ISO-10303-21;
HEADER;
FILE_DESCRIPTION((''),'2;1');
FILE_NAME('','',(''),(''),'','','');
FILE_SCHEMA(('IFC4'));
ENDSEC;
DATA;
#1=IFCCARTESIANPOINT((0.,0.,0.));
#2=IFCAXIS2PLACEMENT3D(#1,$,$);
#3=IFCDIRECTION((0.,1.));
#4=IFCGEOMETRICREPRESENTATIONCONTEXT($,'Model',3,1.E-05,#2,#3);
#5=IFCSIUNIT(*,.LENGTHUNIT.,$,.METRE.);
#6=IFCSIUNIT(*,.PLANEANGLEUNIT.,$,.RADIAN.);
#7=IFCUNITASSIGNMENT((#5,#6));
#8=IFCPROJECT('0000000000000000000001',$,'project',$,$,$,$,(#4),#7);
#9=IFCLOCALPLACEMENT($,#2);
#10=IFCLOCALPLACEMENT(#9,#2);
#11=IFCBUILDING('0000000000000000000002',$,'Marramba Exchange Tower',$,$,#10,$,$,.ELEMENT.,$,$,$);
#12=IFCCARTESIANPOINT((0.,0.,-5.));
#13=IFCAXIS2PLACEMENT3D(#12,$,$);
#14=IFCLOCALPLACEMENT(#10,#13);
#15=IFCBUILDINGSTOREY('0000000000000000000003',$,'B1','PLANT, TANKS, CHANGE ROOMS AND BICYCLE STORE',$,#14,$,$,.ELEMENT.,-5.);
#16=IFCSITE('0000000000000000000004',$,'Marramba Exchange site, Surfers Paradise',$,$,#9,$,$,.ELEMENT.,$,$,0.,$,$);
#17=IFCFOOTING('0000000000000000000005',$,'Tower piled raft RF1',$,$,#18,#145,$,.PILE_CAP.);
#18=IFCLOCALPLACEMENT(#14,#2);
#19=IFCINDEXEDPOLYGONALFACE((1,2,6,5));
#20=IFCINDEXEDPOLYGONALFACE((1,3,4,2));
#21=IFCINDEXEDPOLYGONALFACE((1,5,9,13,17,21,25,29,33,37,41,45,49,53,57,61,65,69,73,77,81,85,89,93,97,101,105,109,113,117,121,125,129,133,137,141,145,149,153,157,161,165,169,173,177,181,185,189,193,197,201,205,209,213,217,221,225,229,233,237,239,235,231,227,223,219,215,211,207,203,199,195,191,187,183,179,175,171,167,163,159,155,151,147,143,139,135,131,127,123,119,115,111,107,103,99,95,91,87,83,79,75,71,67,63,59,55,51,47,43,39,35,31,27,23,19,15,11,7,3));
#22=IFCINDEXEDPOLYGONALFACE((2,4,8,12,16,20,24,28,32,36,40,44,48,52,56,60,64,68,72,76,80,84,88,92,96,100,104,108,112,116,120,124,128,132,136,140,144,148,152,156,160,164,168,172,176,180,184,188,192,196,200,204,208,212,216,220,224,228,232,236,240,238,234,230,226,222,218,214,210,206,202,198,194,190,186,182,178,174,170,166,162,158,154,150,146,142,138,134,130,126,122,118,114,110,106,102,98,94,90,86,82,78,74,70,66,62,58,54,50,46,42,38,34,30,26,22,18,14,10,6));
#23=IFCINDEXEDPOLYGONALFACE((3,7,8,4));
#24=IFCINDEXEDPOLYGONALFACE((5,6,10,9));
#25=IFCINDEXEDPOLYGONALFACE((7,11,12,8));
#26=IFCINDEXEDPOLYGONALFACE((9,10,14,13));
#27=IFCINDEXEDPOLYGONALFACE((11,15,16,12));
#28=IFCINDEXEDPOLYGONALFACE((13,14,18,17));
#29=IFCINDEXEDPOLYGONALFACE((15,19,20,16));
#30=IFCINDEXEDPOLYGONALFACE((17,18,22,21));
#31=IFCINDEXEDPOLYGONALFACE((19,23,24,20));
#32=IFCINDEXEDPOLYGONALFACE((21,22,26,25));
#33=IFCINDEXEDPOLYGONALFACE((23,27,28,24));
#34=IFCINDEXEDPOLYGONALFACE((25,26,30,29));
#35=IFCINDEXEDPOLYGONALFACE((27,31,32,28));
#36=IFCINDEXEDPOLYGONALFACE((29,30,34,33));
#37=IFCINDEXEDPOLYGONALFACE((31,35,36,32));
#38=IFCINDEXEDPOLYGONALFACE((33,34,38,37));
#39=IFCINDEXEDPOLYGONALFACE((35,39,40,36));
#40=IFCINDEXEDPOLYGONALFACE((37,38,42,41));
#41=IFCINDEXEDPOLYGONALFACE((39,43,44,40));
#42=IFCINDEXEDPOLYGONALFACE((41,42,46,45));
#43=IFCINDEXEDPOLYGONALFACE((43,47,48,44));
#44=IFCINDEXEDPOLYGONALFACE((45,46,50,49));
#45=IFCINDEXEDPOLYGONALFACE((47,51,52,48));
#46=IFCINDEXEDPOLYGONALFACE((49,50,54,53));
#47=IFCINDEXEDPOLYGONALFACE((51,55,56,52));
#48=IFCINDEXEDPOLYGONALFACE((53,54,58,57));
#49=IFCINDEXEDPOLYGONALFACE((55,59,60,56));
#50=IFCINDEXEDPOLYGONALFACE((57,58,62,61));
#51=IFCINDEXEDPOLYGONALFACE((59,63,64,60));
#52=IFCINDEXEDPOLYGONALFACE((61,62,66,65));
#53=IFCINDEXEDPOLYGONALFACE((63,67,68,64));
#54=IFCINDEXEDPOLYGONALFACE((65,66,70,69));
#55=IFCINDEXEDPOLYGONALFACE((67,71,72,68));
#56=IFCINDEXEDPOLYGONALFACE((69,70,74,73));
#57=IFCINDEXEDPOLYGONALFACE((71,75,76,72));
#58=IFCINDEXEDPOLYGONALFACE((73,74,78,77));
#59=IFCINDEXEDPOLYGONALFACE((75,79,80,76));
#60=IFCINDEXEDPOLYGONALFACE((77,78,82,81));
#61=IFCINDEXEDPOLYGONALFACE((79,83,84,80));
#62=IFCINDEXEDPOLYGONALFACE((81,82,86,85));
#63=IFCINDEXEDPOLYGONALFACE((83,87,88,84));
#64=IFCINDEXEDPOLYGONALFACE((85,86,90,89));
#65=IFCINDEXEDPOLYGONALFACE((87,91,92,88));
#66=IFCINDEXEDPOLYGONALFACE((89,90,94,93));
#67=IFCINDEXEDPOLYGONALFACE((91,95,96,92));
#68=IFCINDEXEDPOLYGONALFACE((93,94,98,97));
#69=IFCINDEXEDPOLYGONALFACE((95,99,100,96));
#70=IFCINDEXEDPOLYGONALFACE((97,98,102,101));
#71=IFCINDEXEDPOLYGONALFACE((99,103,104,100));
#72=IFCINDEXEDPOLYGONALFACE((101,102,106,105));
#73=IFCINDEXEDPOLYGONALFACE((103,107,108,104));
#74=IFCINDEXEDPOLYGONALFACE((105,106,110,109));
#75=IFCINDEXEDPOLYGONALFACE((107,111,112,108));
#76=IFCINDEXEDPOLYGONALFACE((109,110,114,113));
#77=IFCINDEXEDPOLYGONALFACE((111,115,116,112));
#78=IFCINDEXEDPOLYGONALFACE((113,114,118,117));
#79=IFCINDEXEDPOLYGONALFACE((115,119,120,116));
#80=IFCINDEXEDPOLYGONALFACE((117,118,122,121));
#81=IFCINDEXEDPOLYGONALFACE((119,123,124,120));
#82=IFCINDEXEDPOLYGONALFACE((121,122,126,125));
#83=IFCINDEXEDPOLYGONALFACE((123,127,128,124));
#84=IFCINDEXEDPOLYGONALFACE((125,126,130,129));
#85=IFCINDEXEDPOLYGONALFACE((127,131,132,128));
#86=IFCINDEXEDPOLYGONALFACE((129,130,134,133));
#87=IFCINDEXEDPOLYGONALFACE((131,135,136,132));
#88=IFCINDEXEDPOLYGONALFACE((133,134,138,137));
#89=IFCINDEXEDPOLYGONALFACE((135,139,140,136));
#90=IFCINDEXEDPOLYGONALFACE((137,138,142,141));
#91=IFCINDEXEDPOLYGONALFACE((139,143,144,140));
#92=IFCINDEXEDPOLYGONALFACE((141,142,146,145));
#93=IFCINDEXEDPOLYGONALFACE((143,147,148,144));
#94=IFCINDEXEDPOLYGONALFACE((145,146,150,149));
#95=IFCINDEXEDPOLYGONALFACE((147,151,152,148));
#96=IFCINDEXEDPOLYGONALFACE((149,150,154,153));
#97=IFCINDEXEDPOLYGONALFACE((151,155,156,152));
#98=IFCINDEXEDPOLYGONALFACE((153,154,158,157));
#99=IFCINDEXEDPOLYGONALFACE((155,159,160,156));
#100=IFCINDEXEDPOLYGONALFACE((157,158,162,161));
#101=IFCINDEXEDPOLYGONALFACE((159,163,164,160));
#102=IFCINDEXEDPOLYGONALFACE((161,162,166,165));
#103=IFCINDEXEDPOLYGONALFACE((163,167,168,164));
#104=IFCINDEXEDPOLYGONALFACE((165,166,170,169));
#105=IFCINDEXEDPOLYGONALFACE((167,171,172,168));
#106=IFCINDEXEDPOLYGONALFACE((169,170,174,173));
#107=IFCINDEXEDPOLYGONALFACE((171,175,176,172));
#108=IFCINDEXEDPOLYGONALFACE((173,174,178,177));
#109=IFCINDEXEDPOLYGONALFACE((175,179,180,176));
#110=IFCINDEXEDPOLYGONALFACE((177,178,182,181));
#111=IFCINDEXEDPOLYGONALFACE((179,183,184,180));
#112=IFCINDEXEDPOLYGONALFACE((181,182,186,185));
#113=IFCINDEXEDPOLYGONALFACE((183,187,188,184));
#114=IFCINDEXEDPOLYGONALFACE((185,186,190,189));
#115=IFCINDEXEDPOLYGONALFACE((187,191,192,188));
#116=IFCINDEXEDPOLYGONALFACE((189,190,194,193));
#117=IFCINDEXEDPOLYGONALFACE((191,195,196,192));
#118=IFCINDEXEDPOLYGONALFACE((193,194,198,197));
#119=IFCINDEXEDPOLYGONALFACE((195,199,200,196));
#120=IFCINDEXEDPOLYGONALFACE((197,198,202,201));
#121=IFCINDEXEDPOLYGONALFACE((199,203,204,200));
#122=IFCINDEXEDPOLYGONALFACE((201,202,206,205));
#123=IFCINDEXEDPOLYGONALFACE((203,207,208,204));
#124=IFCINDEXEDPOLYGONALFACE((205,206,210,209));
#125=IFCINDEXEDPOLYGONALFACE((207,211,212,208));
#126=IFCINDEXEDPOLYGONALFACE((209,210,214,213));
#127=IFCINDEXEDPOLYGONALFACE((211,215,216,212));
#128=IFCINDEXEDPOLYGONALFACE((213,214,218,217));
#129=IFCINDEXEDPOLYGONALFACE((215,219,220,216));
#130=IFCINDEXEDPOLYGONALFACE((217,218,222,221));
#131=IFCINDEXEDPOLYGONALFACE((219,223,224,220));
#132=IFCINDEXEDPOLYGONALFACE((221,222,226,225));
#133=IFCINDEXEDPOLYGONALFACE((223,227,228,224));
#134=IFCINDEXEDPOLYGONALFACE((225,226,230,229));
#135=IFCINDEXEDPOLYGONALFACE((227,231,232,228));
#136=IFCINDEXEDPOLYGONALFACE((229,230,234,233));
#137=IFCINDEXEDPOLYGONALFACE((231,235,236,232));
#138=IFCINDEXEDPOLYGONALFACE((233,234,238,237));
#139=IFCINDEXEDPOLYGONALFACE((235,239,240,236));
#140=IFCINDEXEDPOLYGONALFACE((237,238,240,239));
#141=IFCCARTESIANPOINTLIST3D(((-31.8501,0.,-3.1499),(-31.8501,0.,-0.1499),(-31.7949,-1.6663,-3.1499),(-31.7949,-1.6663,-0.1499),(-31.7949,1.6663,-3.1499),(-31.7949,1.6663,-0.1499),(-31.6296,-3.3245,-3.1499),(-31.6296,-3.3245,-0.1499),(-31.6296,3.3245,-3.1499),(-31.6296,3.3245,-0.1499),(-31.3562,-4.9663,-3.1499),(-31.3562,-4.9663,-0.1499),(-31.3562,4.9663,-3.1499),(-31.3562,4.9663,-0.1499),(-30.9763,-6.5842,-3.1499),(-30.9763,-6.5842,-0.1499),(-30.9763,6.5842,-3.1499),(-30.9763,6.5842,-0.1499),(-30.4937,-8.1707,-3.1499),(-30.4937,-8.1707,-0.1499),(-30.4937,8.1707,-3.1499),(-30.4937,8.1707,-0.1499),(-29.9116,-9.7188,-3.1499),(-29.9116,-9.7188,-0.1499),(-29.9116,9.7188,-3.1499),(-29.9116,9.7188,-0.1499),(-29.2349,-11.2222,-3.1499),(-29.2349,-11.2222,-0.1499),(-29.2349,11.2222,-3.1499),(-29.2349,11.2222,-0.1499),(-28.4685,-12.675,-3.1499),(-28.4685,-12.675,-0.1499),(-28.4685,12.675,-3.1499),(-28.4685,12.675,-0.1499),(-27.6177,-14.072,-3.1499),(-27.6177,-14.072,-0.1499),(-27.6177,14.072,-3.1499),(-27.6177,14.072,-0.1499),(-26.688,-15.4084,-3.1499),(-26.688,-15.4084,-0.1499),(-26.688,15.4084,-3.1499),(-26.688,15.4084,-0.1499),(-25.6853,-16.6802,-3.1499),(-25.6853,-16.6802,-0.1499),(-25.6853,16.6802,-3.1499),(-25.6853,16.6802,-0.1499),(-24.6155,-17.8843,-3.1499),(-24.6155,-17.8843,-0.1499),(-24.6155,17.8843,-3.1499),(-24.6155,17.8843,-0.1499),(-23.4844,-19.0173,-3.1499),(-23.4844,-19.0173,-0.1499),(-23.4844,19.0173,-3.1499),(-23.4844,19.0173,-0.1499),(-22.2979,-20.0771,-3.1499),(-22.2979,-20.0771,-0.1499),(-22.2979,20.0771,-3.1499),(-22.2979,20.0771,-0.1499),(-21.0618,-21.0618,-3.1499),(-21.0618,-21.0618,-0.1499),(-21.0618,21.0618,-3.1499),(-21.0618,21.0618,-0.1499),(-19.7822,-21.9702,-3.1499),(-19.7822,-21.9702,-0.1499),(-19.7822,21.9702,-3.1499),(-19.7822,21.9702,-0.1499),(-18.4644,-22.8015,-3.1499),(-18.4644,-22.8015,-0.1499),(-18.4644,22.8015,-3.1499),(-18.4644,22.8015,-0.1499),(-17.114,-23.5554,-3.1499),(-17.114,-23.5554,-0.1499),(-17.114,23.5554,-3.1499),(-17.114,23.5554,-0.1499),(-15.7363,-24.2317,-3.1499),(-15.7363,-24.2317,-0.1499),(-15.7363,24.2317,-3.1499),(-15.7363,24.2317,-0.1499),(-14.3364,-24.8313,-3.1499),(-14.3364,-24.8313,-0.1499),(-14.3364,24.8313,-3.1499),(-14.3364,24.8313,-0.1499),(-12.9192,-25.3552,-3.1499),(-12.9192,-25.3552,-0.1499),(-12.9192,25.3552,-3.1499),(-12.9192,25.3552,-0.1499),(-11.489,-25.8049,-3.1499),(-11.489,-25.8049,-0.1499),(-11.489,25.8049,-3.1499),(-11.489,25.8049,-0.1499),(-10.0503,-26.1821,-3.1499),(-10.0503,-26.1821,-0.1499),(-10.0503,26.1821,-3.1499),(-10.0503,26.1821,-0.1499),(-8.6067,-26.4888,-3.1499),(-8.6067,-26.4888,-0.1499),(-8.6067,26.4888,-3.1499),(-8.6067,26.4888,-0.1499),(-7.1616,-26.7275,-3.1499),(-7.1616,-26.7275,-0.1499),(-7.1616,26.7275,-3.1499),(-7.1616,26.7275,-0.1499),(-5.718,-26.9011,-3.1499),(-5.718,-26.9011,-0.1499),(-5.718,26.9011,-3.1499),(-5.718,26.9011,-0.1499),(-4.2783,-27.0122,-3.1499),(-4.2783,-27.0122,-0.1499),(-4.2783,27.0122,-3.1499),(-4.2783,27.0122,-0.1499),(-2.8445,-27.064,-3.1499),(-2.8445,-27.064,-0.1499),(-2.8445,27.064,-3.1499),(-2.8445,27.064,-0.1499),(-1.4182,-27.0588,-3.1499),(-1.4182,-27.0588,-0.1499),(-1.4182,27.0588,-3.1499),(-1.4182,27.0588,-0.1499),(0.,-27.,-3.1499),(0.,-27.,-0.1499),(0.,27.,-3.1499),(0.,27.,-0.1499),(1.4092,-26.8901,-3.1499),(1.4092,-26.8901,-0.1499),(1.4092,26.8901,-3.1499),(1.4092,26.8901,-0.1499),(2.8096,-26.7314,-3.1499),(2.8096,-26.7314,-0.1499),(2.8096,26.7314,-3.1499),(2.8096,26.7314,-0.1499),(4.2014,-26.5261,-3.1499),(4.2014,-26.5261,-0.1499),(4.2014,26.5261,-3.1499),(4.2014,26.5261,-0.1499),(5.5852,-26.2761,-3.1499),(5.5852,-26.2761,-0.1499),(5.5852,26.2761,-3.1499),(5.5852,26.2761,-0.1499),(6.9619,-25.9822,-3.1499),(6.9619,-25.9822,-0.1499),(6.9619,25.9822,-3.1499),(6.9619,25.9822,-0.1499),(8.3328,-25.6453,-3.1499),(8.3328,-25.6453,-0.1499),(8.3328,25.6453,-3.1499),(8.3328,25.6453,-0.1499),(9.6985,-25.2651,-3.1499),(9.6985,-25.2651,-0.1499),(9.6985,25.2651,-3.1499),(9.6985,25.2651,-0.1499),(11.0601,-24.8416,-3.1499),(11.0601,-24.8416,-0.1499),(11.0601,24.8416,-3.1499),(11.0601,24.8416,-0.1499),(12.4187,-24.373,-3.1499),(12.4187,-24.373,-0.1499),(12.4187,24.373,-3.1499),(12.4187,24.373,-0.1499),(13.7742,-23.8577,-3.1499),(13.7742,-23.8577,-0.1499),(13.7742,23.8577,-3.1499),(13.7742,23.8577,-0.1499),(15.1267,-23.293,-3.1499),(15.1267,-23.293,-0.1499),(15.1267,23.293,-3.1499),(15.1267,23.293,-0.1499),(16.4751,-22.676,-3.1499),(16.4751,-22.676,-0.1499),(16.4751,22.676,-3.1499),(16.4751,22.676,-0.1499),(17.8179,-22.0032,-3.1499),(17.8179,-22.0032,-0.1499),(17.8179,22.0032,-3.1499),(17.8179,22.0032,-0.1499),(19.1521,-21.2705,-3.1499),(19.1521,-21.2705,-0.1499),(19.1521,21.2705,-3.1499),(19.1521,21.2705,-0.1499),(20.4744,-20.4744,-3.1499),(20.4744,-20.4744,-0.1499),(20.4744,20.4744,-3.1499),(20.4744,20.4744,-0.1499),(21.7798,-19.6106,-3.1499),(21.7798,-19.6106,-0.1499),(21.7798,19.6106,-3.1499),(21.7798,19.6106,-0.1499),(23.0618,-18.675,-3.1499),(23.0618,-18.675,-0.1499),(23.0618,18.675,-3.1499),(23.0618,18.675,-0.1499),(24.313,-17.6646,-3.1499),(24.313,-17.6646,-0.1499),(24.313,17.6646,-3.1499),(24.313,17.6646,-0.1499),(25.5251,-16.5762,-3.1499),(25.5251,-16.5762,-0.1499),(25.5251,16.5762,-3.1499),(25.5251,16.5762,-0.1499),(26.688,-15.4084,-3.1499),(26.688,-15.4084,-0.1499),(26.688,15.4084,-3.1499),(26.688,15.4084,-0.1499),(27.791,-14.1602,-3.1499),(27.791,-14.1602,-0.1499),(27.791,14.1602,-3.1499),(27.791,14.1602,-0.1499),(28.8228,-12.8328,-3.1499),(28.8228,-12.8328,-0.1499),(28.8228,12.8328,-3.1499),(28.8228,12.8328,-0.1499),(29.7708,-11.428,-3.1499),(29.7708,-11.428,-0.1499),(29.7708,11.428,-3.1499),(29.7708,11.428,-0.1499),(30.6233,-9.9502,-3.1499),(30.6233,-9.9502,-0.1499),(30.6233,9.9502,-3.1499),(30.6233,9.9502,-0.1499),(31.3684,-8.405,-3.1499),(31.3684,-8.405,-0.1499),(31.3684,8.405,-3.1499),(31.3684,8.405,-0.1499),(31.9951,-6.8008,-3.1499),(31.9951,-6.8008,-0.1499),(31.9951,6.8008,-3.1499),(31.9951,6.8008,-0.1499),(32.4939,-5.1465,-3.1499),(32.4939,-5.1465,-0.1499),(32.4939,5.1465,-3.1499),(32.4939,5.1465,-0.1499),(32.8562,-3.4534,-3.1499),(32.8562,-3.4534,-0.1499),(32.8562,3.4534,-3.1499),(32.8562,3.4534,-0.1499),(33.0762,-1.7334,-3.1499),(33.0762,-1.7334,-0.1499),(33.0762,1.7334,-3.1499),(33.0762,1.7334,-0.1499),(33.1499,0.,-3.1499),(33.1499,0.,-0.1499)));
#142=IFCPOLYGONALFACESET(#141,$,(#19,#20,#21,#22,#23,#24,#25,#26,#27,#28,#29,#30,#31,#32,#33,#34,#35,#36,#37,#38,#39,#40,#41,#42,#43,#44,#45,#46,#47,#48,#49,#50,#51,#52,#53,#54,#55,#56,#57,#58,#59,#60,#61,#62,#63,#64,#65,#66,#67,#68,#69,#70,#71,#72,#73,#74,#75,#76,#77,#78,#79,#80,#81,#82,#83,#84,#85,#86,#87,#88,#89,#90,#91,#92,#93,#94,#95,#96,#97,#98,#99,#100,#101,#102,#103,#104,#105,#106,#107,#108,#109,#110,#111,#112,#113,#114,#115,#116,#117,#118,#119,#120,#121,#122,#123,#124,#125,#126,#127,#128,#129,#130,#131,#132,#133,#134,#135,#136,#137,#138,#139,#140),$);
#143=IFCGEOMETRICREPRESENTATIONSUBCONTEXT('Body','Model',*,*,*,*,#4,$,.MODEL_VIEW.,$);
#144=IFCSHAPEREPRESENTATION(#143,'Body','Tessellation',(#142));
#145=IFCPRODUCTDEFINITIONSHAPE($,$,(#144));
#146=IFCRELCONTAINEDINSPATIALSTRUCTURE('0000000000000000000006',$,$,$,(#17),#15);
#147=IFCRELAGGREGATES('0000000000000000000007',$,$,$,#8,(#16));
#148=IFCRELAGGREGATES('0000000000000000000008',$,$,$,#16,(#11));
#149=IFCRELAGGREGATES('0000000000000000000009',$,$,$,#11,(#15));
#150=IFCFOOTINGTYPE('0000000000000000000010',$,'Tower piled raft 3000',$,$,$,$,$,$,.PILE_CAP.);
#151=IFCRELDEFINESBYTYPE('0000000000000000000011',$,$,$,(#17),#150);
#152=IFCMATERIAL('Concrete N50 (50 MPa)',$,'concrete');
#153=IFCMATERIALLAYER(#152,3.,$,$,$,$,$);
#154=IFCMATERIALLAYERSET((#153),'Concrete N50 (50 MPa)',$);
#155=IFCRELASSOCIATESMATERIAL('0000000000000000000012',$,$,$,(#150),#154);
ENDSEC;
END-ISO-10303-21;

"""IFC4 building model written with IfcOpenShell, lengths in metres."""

from ifc_helpers import new_model, si_unit, direction, frame, origin, place, context, subcontext, project, spatial, polyline, outline, extrude, material, layer, layer_set, type_object, element, save


model = new_model("IFC4")

# Units and contexts
model_context = context("Model", 3, precision=1e-05, world=origin(), true_north=direction((0.0, 1.0)))
body_context = subcontext(model_context, "Body", "Model", "MODEL_VIEW")
ifc_project = project(units=[si_unit("LENGTHUNIT", "METRE"), si_unit("PLANEANGLEUNIT", "RADIAN")], contexts=[model_context])

# Site, building, storey
site_placement = place(None, origin())
site = spatial("IfcSite", under=ifc_project, at=site_placement, Name="Marramba Exchange site, Surfers Paradise", CompositionType="ELEMENT", RefElevation=0.0)
building_placement = place(site_placement, origin())
building = spatial("IfcBuilding", under=site, at=building_placement, Name="Marramba Exchange Tower", CompositionType="ELEMENT")
storey_placement = place(building_placement, frame((0.0, 0.0, -5.0)))
storey = spatial("IfcBuildingStorey", under=building, at=storey_placement, Name="B1", Description="PLANT, TANKS, CHANGE ROOMS AND BICYCLE STORE", CompositionType="ELEMENT", Elevation=-5.0)

# Footing
ifc_material_1 = material(Name="Concrete N50 (50 MPa)", Category="concrete")
ifc_layer_1 = layer(ifc_material_1, 3.0)
ifc_layer_set_1 = layer_set([ifc_layer_1], Name="Concrete N50 (50 MPa)")
footing_type = type_object("IfcFootingType", Name="Tower piled raft 3000", PredefinedType="PILE_CAP", material=ifc_layer_set_1)
footing_placement = place(storey_placement, frame((0.0, 0.0, -3.1499)))
element("IfcFooting", 1, at=footing_placement, inside=storey, type_object=footing_type, Name="Tower piled raft RF1", PredefinedType="PILE_CAP", context=body_context, shape_type="SweptSolid", body=[
    extrude(outline(polyline([(33.1499, 0.0), (33.0762, 1.7334), (32.8562, 3.4534), (32.4939, 5.1465), (31.9951, 6.8008), (31.3684, 8.405), (30.6233, 9.9502), (29.7708, 11.428), (28.8228, 12.8328), (27.791, 14.1602), (26.688, 15.4084), (25.5251, 16.5762), (24.313, 17.6646), (23.0618, 18.675), (21.7798, 19.6106), (20.4744, 20.4744), (19.1521, 21.2705), (17.8179, 22.0032), (16.4751, 22.676), (15.1267, 23.293), (13.7742, 23.8577), (12.4187, 24.373), (11.0601, 24.8416), (9.6985, 25.2651), (8.3328, 25.6453), (6.9619, 25.9822), (5.5852, 26.2761), (4.2014, 26.5261), (2.8096, 26.7314), (1.4092, 26.8901), (0.0, 27.0), (-1.4182, 27.0588), (-2.8445, 27.064), (-4.2783, 27.0122), (-5.718, 26.9011), (-7.1616, 26.7275), (-8.6067, 26.4888), (-10.0503, 26.1821), (-11.489, 25.8049), (-12.9192, 25.3552), (-14.3364, 24.8313), (-15.7363, 24.2317), (-17.114, 23.5554), (-18.4644, 22.8015), (-19.7822, 21.9702), (-21.0618, 21.0618), (-22.2979, 20.0771), (-23.4844, 19.0173), (-24.6155, 17.8843), (-25.6853, 16.6802), (-26.688, 15.4084), (-27.6177, 14.072), (-28.4685, 12.675), (-29.2349, 11.2222), (-29.9116, 9.7188), (-30.4937, 8.1707), (-30.9763, 6.5842), (-31.3562, 4.9663), (-31.6296, 3.3245), (-31.7949, 1.6663), (-31.8501, 0.0), (-31.7949, -1.6663), (-31.6296, -3.3245), (-31.3562, -4.9663), (-30.9763, -6.5842), (-30.4937, -8.1707), (-29.9116, -9.7188), (-29.2349, -11.2222), (-28.4685, -12.675), (-27.6177, -14.072), (-26.688, -15.4084), (-25.6853, -16.6802), (-24.6155, -17.8843), (-23.4844, -19.0173), (-22.2979, -20.0771), (-21.0618, -21.0618), (-19.7822, -21.9702), (-18.4644, -22.8015), (-17.114, -23.5554), (-15.7363, -24.2317), (-14.3364, -24.8313), (-12.9192, -25.3552), (-11.489, -25.8049), (-10.0503, -26.1821), (-8.6067, -26.4888), (-7.1616, -26.7275), (-5.718, -26.9011), (-4.2783, -27.0122), (-2.8445, -27.064), (-1.4182, -27.0588), (0.0, -27.0), (1.4092, -26.8901), (2.8096, -26.7314), (4.2014, -26.5261), (5.5852, -26.2761), (6.9619, -25.9822), (8.3328, -25.6453), (9.6985, -25.2651), (11.0601, -24.8416), (12.4187, -24.373), (13.7742, -23.8577), (15.1267, -23.293), (16.4751, -22.676), (17.8179, -22.0032), (19.1521, -21.2705), (20.4744, -20.4744), (21.7798, -19.6106), (23.0618, -18.675), (24.313, -17.6646), (25.5251, -16.5762), (26.688, -15.4084), (27.791, -14.1602), (28.8228, -12.8328), (29.7708, -11.428), (30.6233, -9.9502), (31.3684, -8.405), (31.9951, -6.8008), (32.4939, -5.1465), (32.8562, -3.4534), (33.0762, -1.7334), (33.1499, 0.0)])), origin(), (0.0, 0.0, 1.0), 3.0),
])

save(model, "model.ifc")
